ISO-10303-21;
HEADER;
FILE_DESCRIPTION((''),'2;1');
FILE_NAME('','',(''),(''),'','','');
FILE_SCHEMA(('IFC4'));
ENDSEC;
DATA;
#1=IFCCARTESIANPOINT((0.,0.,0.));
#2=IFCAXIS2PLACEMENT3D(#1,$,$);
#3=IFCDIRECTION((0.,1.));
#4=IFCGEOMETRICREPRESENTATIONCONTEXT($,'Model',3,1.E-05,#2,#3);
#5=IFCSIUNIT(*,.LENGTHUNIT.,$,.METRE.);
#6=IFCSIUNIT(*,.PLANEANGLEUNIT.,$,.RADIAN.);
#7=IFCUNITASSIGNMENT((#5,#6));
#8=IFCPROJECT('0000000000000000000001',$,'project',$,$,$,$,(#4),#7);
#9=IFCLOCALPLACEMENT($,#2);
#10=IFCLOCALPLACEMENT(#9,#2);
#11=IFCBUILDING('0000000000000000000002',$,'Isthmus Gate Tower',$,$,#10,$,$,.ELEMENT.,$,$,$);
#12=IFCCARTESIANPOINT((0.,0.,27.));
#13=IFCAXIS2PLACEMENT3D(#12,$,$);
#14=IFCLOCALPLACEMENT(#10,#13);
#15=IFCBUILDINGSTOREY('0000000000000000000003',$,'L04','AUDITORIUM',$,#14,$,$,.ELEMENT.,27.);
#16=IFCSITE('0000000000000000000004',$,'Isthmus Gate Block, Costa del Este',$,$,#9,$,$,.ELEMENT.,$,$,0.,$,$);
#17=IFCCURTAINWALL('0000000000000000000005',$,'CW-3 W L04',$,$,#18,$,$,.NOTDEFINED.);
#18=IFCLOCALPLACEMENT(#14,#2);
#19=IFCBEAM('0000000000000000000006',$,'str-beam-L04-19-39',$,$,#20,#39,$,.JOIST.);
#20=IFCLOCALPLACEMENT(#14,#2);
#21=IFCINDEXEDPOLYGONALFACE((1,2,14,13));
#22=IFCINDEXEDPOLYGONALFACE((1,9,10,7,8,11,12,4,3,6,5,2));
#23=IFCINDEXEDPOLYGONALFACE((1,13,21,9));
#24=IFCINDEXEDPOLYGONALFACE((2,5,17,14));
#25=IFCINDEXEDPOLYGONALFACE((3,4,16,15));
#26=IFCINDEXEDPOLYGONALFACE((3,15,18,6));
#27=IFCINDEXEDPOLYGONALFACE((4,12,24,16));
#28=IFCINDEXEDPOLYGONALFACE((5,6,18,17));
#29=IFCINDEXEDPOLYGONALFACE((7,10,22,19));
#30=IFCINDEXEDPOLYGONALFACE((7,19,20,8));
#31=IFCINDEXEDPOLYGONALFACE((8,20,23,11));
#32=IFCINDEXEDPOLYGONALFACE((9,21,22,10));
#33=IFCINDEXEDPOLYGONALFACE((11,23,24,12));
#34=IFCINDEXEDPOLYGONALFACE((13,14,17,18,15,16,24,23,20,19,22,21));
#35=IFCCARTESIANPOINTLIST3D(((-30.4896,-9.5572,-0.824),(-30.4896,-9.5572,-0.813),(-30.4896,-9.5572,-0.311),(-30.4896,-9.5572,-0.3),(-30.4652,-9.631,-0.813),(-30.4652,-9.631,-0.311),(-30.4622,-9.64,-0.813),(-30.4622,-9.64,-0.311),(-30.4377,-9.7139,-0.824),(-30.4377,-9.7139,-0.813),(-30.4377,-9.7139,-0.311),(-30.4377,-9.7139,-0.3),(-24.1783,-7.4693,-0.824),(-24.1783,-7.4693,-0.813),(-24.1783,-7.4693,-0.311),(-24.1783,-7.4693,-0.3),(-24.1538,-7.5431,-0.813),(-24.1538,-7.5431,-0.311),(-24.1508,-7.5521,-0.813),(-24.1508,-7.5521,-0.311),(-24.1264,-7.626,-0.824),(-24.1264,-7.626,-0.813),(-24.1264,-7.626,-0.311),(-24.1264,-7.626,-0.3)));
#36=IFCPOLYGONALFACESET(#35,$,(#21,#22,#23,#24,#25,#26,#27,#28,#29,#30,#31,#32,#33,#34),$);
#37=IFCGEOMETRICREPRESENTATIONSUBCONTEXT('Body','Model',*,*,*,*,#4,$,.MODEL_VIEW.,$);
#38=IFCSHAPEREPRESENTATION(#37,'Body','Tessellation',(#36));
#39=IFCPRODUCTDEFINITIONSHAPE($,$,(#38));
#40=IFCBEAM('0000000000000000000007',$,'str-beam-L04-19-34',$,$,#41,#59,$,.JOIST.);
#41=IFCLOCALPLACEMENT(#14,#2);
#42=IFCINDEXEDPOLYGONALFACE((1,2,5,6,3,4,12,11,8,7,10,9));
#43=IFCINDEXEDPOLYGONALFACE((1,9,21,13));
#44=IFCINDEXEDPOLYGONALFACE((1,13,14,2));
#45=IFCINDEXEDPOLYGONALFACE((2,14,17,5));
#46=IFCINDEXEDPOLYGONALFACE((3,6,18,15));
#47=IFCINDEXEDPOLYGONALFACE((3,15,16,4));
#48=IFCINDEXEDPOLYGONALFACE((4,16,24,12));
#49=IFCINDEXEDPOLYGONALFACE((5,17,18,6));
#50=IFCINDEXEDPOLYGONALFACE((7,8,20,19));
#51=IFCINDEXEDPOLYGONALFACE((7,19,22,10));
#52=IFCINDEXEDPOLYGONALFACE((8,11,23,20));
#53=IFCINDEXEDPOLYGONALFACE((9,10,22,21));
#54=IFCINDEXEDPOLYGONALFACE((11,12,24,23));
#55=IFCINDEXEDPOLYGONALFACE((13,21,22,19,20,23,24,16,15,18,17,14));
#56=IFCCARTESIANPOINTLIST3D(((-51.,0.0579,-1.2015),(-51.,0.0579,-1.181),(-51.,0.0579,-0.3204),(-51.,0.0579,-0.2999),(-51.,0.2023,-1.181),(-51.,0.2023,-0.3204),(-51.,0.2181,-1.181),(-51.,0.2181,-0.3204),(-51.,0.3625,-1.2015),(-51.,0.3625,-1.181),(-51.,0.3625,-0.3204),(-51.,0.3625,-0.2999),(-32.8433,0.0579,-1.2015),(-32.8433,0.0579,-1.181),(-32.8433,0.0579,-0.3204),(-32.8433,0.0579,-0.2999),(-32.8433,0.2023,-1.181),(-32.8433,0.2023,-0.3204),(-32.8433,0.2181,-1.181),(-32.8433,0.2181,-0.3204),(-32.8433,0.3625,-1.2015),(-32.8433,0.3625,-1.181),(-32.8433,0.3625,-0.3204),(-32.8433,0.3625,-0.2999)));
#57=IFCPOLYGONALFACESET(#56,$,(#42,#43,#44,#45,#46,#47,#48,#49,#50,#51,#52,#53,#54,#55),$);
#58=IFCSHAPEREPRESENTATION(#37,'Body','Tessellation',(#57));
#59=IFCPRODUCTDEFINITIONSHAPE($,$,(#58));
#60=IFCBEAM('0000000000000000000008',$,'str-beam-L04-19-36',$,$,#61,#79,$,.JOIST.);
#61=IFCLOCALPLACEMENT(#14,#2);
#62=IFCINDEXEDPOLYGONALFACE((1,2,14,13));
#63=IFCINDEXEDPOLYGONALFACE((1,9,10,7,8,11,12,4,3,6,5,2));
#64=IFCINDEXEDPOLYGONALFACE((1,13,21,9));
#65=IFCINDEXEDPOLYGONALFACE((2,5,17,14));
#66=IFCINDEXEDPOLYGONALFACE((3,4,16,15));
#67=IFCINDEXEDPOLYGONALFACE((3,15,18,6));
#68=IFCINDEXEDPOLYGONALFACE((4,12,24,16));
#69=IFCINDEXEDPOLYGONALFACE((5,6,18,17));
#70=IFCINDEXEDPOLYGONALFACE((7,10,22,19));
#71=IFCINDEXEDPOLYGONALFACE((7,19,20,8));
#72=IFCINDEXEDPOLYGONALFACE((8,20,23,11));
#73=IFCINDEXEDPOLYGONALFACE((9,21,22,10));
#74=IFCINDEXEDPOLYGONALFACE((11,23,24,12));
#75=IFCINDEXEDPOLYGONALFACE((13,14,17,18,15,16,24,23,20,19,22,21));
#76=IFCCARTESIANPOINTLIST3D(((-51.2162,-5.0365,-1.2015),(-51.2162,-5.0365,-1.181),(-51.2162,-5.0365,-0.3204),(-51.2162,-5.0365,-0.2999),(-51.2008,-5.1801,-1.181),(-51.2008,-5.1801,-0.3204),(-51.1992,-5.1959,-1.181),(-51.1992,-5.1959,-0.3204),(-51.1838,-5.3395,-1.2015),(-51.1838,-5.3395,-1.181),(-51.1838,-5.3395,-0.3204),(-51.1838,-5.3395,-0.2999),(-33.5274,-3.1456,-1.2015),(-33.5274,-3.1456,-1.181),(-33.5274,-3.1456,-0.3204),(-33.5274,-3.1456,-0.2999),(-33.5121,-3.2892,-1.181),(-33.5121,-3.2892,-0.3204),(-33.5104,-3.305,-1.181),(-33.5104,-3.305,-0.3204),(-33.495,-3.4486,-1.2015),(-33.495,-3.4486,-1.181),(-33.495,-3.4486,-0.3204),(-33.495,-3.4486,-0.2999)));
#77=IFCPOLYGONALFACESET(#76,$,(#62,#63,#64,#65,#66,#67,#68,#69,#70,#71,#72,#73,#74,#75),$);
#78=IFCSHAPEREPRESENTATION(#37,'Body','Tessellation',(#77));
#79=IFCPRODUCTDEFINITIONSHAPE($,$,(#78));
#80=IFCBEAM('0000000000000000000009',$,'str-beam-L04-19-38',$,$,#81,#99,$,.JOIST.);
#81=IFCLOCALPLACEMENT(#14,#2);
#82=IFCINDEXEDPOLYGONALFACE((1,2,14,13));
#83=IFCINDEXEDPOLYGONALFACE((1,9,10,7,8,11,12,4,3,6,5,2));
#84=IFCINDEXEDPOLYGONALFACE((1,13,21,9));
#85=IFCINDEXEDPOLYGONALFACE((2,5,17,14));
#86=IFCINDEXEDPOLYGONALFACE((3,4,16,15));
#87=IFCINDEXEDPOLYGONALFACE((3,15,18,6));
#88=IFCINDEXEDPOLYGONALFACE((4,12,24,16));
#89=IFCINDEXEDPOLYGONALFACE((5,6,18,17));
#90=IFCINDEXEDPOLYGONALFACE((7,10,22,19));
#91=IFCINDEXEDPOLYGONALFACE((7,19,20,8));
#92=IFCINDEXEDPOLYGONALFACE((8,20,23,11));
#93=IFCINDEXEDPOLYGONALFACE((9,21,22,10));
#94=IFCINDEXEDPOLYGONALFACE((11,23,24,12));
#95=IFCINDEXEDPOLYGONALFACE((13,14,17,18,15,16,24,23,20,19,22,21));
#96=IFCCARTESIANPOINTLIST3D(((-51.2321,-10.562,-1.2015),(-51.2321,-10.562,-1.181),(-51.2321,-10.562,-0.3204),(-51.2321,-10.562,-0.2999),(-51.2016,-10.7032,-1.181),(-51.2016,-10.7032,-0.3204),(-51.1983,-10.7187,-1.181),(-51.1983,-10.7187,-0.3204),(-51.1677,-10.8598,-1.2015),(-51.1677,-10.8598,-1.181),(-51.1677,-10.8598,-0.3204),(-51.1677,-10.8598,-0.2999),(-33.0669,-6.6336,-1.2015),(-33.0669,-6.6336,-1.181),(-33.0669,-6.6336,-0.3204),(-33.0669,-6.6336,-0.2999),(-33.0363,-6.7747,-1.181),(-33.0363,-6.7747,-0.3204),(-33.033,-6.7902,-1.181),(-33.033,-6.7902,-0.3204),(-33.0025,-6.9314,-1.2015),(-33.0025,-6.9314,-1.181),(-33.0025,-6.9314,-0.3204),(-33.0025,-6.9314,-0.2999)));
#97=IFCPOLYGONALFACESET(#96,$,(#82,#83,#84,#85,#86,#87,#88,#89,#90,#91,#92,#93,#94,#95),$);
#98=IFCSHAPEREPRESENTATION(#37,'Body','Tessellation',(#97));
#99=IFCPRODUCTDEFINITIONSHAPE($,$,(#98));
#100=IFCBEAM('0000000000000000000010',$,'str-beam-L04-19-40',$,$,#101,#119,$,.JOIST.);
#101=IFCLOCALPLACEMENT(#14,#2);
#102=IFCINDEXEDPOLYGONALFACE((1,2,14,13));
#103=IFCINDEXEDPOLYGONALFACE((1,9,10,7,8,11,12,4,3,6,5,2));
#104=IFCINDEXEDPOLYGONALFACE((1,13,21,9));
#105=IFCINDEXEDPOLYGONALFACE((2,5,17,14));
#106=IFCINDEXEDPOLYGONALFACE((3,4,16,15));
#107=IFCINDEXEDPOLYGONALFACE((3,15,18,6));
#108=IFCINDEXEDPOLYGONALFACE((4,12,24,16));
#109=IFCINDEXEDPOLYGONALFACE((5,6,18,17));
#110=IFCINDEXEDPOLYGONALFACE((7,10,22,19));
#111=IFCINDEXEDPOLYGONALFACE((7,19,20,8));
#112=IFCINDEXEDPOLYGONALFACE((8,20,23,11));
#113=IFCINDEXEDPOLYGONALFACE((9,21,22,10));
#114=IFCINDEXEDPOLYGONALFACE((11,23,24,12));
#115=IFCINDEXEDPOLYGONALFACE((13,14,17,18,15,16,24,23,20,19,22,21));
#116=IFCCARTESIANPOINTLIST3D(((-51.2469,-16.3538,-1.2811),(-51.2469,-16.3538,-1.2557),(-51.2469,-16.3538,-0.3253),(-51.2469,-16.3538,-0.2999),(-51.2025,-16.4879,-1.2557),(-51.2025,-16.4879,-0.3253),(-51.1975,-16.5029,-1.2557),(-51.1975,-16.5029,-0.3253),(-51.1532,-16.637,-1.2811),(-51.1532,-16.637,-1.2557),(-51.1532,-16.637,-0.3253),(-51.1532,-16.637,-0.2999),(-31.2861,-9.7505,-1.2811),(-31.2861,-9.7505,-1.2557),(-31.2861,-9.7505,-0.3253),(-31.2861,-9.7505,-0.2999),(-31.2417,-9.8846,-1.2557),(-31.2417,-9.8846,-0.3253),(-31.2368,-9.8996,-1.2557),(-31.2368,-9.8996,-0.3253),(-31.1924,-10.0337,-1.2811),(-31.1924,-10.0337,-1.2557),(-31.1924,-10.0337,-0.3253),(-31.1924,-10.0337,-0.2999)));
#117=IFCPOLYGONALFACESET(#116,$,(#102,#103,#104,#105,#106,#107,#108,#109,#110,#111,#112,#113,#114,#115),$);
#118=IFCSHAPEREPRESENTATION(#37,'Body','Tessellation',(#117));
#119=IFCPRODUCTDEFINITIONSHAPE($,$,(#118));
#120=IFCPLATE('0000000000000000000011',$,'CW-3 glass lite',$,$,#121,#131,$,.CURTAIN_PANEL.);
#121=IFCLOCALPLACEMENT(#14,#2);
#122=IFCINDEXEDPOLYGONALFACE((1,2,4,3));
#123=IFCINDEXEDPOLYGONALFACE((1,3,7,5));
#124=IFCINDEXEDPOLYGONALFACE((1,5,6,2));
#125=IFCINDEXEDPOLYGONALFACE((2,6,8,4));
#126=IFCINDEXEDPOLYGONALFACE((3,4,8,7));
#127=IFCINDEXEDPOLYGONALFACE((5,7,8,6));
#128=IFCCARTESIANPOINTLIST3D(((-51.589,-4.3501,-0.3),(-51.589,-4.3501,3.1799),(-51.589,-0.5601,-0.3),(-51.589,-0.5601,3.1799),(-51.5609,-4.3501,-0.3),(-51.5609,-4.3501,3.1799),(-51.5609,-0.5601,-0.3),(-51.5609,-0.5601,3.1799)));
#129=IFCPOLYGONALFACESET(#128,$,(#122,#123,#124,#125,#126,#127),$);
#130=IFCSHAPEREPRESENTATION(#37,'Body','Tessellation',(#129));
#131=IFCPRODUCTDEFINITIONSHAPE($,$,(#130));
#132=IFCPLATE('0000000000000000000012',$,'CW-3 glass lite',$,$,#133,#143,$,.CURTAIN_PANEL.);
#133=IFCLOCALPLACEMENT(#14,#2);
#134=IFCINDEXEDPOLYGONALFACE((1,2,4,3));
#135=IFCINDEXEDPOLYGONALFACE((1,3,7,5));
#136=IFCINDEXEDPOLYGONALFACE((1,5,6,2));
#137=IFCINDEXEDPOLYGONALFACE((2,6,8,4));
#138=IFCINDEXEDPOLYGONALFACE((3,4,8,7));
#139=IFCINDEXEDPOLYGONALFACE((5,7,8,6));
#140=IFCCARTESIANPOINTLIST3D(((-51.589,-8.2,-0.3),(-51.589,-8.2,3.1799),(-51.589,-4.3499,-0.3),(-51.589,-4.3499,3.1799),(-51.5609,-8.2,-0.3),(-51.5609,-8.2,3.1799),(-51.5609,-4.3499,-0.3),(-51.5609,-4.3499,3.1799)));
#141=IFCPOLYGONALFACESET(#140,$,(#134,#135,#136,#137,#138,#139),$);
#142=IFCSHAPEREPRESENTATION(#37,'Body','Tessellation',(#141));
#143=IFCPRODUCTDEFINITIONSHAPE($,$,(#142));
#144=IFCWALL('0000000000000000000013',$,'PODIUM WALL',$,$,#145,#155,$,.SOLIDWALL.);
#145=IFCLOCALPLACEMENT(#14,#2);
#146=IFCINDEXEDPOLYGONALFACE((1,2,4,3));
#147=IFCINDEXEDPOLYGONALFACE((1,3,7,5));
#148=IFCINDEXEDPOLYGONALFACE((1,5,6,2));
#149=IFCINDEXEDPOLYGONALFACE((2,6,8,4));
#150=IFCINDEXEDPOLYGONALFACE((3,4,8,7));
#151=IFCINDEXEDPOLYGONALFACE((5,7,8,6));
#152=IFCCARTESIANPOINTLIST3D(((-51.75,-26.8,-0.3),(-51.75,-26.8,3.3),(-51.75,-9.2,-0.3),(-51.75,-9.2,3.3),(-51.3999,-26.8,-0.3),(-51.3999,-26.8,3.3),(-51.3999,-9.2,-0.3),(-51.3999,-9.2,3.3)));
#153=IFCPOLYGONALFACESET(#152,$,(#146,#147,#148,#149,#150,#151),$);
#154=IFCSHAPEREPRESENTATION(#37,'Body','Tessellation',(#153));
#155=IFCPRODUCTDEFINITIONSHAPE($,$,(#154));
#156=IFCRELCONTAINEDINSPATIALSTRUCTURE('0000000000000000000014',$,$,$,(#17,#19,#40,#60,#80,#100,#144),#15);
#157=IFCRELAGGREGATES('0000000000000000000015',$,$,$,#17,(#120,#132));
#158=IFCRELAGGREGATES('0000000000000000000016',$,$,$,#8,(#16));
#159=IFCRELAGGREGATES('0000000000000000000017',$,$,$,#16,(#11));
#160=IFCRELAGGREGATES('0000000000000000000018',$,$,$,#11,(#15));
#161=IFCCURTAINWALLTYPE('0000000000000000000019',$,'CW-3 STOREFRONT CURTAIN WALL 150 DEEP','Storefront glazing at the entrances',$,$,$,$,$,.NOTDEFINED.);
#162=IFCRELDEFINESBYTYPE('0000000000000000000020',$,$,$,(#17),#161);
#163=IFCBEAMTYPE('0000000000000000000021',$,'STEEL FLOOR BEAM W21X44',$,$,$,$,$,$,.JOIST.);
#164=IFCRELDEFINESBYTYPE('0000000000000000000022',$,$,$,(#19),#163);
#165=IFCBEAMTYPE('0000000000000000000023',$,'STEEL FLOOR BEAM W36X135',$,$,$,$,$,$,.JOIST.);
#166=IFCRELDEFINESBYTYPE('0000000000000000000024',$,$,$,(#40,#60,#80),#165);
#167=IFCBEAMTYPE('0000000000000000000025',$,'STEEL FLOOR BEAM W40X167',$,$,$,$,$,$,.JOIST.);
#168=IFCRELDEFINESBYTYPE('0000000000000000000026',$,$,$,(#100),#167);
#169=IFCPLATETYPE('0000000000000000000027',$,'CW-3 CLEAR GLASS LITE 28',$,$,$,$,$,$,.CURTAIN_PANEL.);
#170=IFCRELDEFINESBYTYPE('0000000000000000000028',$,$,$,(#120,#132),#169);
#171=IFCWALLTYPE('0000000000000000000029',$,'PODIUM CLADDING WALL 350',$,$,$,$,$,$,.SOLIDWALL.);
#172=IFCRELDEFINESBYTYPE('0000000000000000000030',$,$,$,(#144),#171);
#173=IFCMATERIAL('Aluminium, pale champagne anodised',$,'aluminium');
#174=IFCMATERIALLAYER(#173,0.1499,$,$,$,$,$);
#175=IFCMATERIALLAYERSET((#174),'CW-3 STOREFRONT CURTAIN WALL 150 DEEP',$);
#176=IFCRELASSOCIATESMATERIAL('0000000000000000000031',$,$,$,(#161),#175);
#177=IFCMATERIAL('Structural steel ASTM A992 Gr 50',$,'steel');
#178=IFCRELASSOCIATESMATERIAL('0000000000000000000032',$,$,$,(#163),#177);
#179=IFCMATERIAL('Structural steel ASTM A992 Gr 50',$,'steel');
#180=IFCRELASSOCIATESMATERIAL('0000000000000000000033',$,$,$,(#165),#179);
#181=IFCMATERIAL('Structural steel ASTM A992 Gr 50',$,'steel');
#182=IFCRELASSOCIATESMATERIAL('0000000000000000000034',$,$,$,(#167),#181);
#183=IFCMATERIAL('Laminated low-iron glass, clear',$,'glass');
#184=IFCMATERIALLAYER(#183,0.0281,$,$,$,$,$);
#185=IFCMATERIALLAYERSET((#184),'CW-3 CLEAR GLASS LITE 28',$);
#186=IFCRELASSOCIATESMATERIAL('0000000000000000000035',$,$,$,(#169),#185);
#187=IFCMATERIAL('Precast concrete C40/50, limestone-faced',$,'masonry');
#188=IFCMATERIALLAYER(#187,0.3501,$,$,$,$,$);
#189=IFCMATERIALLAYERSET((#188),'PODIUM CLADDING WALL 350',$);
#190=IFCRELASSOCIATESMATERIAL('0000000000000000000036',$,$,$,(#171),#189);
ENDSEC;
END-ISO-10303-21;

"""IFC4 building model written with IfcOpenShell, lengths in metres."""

from ifc_helpers import new_model, si_unit, direction, frame, frame_2d, origin, origin_2d, place, context, subcontext, project, spatial, rectangle, i_section, extrude, material, layer, layer_set, material_profile, profile_set, type_object, element, aggregate, save


model = new_model("IFC4")

# Units and contexts
model_context = context("Model", 3, precision=1e-05, world=origin(), true_north=direction((0.0, 1.0)))
body_context = subcontext(model_context, "Body", "Model", "MODEL_VIEW")
ifc_project = project(units=[si_unit("LENGTHUNIT", "METRE"), si_unit("PLANEANGLEUNIT", "RADIAN")], contexts=[model_context])

# Site, building, storey
site_placement = place(None, origin())
site = spatial("IfcSite", under=ifc_project, at=site_placement, Name="Isthmus Gate Block, Costa del Este", CompositionType="ELEMENT", RefElevation=0.0)
building_placement = place(site_placement, origin())
building = spatial("IfcBuilding", under=site, at=building_placement, Name="Isthmus Gate Tower", CompositionType="ELEMENT")
storey_placement = place(building_placement, frame((0.0, 0.0, 27.0)))
storey = spatial("IfcBuildingStorey", under=building, at=storey_placement, Name="L04", Description="AUDITORIUM", CompositionType="ELEMENT", Elevation=27.0)

# Curtain wall
ifc_material_1 = material(Name="Aluminium, pale champagne anodised", Category="aluminium")
ifc_layer_1 = layer(ifc_material_1, 0.1499)
ifc_layer_set_1 = layer_set([ifc_layer_1], Name="CW-3 STOREFRONT CURTAIN WALL 150 DEEP")
curtain_wall_type = type_object("IfcCurtainWallType", Name="CW-3 STOREFRONT CURTAIN WALL 150 DEEP", Description="Storefront glazing at the entrances", PredefinedType="NOTDEFINED", material=ifc_layer_set_1)
curtain_wall_placement = place(storey_placement, origin())
curtain_wall = element("IfcCurtainWall", 1, at=curtain_wall_placement, inside=storey, type_object=curtain_wall_type, Name="CW-3 W L04", PredefinedType="NOTDEFINED")

# Beams
ifc_material_2 = material(Name="Structural steel ASTM A992 Gr 50", Category="steel")
ifc_material_profile_1 = material_profile(ifc_material_2, i_section(OverallWidth=0.165, OverallDepth=0.5239, WebThickness=0.0095, FlangeThickness=0.011, at=origin_2d()), Name="W21X44")
ifc_profile_set_1 = profile_set([ifc_material_profile_1], Name="Structural steel ASTM A992 Gr 50")
beam_type_1 = type_object("IfcBeamType", Name="STEEL FLOOR BEAM W21X44", PredefinedType="JOIST", material=ifc_profile_set_1)
beam_1_placement = place(storey_placement, frame((-24.1523, -7.5476, -0.562), z_axis=(-0.949397, -0.314078, 0.0), x_axis=(0.314078, -0.949397, 0.0)))
element("IfcBeam", 2, at=beam_1_placement, inside=storey, type_object=beam_type_1, Name="str-beam-L04-19-39", PredefinedType="JOIST", context=body_context, shape_type="SweptSolid", body=[
    extrude(i_section(OverallWidth=0.165, OverallDepth=0.5239, WebThickness=0.0095, FlangeThickness=0.011, at=origin_2d()), origin(), (0.0, 0.0, 1.0), 6.6477),
])
ifc_material_3 = material(Name="Structural steel ASTM A992 Gr 50", Category="steel")
ifc_material_profile_2 = material_profile(ifc_material_3, i_section(OverallWidth=0.3047, OverallDepth=0.9016, WebThickness=0.0159, FlangeThickness=0.0205, at=origin_2d()), Name="W36X135")
ifc_profile_set_2 = profile_set([ifc_material_profile_2], Name="Structural steel ASTM A992 Gr 50")
beam_type_2 = type_object("IfcBeamType", Name="STEEL FLOOR BEAM W36X135", PredefinedType="JOIST", material=ifc_profile_set_2)
beam_2_placement = place(storey_placement, frame((-32.8433, 0.2102, -0.7507), z_axis=(-1.0, 0.0, 0.0), x_axis=(0.0, -1.0, 0.0)))
element("IfcBeam", 3, at=beam_2_placement, inside=storey, type_object=beam_type_2, Name="str-beam-L04-19-34", PredefinedType="JOIST", context=body_context, shape_type="SweptSolid", body=[
    extrude(i_section(OverallWidth=0.3047, OverallDepth=0.9016, WebThickness=0.0159, FlangeThickness=0.0205, at=origin_2d()), origin(), (0.0, 0.0, 1.0), 18.1567),
])
beam_3_placement = place(storey_placement, frame((-33.5112, -3.2971, -0.7507), z_axis=(-0.994335, -0.106291, 0.0), x_axis=(0.106291, -0.994335, 0.0)))
element("IfcBeam", 4, at=beam_3_placement, inside=storey, type_object=beam_type_2, Name="str-beam-L04-19-36", PredefinedType="JOIST", context=body_context, shape_type="SweptSolid", body=[
    extrude(i_section(OverallWidth=0.3047, OverallDepth=0.9016, WebThickness=0.0159, FlangeThickness=0.0205, at=origin_2d()), origin(), (0.0, 0.0, 1.0), 17.7896),
])
beam_4_placement = place(storey_placement, frame((-33.0347, -6.7825, -0.7507), z_axis=(-0.977405, -0.211376, 0.0), x_axis=(0.211376, -0.977405, 0.0)))
element("IfcBeam", 5, at=beam_4_placement, inside=storey, type_object=beam_type_2, Name="str-beam-L04-19-38", PredefinedType="JOIST", context=body_context, shape_type="SweptSolid", body=[
    extrude(i_section(OverallWidth=0.3047, OverallDepth=0.9016, WebThickness=0.0159, FlangeThickness=0.0205, at=origin_2d()), origin(), (0.0, 0.0, 1.0), 18.5852),
])
ifc_material_4 = material(Name="Structural steel ASTM A992 Gr 50", Category="steel")
ifc_material_profile_3 = material_profile(ifc_material_4, i_section(OverallWidth=0.2983, OverallDepth=0.9812, WebThickness=0.0159, FlangeThickness=0.0254, at=origin_2d()), Name="W40X167")
ifc_profile_set_3 = profile_set([ifc_material_profile_3], Name="Structural steel ASTM A992 Gr 50")
beam_type_3 = type_object("IfcBeamType", Name="STEEL FLOOR BEAM W40X167", PredefinedType="JOIST", material=ifc_profile_set_3)
beam_5_placement = place(storey_placement, frame((-31.2393, -9.8921, -0.7905), z_axis=(-0.949398, -0.314074, 0.0), x_axis=(0.314074, -0.949398, 0.0)))
element("IfcBeam", 6, at=beam_5_placement, inside=storey, type_object=beam_type_3, Name="str-beam-L04-19-40", PredefinedType="JOIST", context=body_context, shape_type="SweptSolid", body=[
    extrude(i_section(OverallWidth=0.2983, OverallDepth=0.9812, WebThickness=0.0159, FlangeThickness=0.0254, at=origin_2d()), origin(), (0.0, 0.0, 1.0), 21.0247),
])

# Plates
ifc_material_5 = material(Name="Laminated low-iron glass, clear", Category="glass")
ifc_layer_2 = layer(ifc_material_5, 0.0281)
ifc_layer_set_2 = layer_set([ifc_layer_2], Name="CW-3 CLEAR GLASS LITE 28")
plate_type = type_object("IfcPlateType", Name="CW-3 CLEAR GLASS LITE 28", PredefinedType="CURTAIN_PANEL", material=ifc_layer_set_2)
plate_1_placement = place(storey_placement, frame((-51.575, -2.4551, -0.3), z_axis=(0.0, 0.0, 1.0), x_axis=(0.0, -1.0, 0.0)))
plate_1 = element("IfcPlate", 7, at=plate_1_placement, type_object=plate_type, Name="CW-3 glass lite", PredefinedType="CURTAIN_PANEL", context=body_context, shape_type="SweptSolid", body=[
    extrude(rectangle(XDim=3.79, YDim=0.0281, at=origin_2d()), origin(), (0.0, 0.0, 1.0), 3.48),
])
plate_2_placement = place(storey_placement, frame((-51.575, -6.2749, -0.3), z_axis=(0.0, 0.0, 1.0), x_axis=(0.0, -1.0, 0.0)))
plate_2 = element("IfcPlate", 8, at=plate_2_placement, type_object=plate_type, Name="CW-3 glass lite", PredefinedType="CURTAIN_PANEL", context=body_context, shape_type="SweptSolid", body=[
    extrude(rectangle(XDim=3.8501, YDim=0.0281, at=origin_2d()), origin(), (0.0, 0.0, 1.0), 3.48),
])
aggregate(curtain_wall, [plate_1, plate_2])

# Wall
ifc_material_6 = material(Name="Precast concrete C40/50, limestone-faced", Category="masonry")
ifc_layer_3 = layer(ifc_material_6, 0.3501)
ifc_layer_set_3 = layer_set([ifc_layer_3], Name="PODIUM CLADDING WALL 350")
wall_type_1 = type_object("IfcWallType", Name="PODIUM CLADDING WALL 350", PredefinedType="SOLIDWALL", material=ifc_layer_set_3)
wall_1_placement = place(storey_placement, frame((-51.575, -9.2, -0.3), z_axis=(0.0, 0.0, 1.0), x_axis=(0.0, -1.0, 0.0)))
element("IfcWall", 9, at=wall_1_placement, inside=storey, type_object=wall_type_1, Name="PODIUM WALL", PredefinedType="SOLIDWALL", context=body_context, shape_type="SweptSolid", body=[
    extrude(rectangle(XDim=17.6001, YDim=0.3501, at=frame_2d((8.8, 0.0))), origin(), (0.0, 0.0, 1.0), 3.6001),
])

save(model, "model.ifc")
